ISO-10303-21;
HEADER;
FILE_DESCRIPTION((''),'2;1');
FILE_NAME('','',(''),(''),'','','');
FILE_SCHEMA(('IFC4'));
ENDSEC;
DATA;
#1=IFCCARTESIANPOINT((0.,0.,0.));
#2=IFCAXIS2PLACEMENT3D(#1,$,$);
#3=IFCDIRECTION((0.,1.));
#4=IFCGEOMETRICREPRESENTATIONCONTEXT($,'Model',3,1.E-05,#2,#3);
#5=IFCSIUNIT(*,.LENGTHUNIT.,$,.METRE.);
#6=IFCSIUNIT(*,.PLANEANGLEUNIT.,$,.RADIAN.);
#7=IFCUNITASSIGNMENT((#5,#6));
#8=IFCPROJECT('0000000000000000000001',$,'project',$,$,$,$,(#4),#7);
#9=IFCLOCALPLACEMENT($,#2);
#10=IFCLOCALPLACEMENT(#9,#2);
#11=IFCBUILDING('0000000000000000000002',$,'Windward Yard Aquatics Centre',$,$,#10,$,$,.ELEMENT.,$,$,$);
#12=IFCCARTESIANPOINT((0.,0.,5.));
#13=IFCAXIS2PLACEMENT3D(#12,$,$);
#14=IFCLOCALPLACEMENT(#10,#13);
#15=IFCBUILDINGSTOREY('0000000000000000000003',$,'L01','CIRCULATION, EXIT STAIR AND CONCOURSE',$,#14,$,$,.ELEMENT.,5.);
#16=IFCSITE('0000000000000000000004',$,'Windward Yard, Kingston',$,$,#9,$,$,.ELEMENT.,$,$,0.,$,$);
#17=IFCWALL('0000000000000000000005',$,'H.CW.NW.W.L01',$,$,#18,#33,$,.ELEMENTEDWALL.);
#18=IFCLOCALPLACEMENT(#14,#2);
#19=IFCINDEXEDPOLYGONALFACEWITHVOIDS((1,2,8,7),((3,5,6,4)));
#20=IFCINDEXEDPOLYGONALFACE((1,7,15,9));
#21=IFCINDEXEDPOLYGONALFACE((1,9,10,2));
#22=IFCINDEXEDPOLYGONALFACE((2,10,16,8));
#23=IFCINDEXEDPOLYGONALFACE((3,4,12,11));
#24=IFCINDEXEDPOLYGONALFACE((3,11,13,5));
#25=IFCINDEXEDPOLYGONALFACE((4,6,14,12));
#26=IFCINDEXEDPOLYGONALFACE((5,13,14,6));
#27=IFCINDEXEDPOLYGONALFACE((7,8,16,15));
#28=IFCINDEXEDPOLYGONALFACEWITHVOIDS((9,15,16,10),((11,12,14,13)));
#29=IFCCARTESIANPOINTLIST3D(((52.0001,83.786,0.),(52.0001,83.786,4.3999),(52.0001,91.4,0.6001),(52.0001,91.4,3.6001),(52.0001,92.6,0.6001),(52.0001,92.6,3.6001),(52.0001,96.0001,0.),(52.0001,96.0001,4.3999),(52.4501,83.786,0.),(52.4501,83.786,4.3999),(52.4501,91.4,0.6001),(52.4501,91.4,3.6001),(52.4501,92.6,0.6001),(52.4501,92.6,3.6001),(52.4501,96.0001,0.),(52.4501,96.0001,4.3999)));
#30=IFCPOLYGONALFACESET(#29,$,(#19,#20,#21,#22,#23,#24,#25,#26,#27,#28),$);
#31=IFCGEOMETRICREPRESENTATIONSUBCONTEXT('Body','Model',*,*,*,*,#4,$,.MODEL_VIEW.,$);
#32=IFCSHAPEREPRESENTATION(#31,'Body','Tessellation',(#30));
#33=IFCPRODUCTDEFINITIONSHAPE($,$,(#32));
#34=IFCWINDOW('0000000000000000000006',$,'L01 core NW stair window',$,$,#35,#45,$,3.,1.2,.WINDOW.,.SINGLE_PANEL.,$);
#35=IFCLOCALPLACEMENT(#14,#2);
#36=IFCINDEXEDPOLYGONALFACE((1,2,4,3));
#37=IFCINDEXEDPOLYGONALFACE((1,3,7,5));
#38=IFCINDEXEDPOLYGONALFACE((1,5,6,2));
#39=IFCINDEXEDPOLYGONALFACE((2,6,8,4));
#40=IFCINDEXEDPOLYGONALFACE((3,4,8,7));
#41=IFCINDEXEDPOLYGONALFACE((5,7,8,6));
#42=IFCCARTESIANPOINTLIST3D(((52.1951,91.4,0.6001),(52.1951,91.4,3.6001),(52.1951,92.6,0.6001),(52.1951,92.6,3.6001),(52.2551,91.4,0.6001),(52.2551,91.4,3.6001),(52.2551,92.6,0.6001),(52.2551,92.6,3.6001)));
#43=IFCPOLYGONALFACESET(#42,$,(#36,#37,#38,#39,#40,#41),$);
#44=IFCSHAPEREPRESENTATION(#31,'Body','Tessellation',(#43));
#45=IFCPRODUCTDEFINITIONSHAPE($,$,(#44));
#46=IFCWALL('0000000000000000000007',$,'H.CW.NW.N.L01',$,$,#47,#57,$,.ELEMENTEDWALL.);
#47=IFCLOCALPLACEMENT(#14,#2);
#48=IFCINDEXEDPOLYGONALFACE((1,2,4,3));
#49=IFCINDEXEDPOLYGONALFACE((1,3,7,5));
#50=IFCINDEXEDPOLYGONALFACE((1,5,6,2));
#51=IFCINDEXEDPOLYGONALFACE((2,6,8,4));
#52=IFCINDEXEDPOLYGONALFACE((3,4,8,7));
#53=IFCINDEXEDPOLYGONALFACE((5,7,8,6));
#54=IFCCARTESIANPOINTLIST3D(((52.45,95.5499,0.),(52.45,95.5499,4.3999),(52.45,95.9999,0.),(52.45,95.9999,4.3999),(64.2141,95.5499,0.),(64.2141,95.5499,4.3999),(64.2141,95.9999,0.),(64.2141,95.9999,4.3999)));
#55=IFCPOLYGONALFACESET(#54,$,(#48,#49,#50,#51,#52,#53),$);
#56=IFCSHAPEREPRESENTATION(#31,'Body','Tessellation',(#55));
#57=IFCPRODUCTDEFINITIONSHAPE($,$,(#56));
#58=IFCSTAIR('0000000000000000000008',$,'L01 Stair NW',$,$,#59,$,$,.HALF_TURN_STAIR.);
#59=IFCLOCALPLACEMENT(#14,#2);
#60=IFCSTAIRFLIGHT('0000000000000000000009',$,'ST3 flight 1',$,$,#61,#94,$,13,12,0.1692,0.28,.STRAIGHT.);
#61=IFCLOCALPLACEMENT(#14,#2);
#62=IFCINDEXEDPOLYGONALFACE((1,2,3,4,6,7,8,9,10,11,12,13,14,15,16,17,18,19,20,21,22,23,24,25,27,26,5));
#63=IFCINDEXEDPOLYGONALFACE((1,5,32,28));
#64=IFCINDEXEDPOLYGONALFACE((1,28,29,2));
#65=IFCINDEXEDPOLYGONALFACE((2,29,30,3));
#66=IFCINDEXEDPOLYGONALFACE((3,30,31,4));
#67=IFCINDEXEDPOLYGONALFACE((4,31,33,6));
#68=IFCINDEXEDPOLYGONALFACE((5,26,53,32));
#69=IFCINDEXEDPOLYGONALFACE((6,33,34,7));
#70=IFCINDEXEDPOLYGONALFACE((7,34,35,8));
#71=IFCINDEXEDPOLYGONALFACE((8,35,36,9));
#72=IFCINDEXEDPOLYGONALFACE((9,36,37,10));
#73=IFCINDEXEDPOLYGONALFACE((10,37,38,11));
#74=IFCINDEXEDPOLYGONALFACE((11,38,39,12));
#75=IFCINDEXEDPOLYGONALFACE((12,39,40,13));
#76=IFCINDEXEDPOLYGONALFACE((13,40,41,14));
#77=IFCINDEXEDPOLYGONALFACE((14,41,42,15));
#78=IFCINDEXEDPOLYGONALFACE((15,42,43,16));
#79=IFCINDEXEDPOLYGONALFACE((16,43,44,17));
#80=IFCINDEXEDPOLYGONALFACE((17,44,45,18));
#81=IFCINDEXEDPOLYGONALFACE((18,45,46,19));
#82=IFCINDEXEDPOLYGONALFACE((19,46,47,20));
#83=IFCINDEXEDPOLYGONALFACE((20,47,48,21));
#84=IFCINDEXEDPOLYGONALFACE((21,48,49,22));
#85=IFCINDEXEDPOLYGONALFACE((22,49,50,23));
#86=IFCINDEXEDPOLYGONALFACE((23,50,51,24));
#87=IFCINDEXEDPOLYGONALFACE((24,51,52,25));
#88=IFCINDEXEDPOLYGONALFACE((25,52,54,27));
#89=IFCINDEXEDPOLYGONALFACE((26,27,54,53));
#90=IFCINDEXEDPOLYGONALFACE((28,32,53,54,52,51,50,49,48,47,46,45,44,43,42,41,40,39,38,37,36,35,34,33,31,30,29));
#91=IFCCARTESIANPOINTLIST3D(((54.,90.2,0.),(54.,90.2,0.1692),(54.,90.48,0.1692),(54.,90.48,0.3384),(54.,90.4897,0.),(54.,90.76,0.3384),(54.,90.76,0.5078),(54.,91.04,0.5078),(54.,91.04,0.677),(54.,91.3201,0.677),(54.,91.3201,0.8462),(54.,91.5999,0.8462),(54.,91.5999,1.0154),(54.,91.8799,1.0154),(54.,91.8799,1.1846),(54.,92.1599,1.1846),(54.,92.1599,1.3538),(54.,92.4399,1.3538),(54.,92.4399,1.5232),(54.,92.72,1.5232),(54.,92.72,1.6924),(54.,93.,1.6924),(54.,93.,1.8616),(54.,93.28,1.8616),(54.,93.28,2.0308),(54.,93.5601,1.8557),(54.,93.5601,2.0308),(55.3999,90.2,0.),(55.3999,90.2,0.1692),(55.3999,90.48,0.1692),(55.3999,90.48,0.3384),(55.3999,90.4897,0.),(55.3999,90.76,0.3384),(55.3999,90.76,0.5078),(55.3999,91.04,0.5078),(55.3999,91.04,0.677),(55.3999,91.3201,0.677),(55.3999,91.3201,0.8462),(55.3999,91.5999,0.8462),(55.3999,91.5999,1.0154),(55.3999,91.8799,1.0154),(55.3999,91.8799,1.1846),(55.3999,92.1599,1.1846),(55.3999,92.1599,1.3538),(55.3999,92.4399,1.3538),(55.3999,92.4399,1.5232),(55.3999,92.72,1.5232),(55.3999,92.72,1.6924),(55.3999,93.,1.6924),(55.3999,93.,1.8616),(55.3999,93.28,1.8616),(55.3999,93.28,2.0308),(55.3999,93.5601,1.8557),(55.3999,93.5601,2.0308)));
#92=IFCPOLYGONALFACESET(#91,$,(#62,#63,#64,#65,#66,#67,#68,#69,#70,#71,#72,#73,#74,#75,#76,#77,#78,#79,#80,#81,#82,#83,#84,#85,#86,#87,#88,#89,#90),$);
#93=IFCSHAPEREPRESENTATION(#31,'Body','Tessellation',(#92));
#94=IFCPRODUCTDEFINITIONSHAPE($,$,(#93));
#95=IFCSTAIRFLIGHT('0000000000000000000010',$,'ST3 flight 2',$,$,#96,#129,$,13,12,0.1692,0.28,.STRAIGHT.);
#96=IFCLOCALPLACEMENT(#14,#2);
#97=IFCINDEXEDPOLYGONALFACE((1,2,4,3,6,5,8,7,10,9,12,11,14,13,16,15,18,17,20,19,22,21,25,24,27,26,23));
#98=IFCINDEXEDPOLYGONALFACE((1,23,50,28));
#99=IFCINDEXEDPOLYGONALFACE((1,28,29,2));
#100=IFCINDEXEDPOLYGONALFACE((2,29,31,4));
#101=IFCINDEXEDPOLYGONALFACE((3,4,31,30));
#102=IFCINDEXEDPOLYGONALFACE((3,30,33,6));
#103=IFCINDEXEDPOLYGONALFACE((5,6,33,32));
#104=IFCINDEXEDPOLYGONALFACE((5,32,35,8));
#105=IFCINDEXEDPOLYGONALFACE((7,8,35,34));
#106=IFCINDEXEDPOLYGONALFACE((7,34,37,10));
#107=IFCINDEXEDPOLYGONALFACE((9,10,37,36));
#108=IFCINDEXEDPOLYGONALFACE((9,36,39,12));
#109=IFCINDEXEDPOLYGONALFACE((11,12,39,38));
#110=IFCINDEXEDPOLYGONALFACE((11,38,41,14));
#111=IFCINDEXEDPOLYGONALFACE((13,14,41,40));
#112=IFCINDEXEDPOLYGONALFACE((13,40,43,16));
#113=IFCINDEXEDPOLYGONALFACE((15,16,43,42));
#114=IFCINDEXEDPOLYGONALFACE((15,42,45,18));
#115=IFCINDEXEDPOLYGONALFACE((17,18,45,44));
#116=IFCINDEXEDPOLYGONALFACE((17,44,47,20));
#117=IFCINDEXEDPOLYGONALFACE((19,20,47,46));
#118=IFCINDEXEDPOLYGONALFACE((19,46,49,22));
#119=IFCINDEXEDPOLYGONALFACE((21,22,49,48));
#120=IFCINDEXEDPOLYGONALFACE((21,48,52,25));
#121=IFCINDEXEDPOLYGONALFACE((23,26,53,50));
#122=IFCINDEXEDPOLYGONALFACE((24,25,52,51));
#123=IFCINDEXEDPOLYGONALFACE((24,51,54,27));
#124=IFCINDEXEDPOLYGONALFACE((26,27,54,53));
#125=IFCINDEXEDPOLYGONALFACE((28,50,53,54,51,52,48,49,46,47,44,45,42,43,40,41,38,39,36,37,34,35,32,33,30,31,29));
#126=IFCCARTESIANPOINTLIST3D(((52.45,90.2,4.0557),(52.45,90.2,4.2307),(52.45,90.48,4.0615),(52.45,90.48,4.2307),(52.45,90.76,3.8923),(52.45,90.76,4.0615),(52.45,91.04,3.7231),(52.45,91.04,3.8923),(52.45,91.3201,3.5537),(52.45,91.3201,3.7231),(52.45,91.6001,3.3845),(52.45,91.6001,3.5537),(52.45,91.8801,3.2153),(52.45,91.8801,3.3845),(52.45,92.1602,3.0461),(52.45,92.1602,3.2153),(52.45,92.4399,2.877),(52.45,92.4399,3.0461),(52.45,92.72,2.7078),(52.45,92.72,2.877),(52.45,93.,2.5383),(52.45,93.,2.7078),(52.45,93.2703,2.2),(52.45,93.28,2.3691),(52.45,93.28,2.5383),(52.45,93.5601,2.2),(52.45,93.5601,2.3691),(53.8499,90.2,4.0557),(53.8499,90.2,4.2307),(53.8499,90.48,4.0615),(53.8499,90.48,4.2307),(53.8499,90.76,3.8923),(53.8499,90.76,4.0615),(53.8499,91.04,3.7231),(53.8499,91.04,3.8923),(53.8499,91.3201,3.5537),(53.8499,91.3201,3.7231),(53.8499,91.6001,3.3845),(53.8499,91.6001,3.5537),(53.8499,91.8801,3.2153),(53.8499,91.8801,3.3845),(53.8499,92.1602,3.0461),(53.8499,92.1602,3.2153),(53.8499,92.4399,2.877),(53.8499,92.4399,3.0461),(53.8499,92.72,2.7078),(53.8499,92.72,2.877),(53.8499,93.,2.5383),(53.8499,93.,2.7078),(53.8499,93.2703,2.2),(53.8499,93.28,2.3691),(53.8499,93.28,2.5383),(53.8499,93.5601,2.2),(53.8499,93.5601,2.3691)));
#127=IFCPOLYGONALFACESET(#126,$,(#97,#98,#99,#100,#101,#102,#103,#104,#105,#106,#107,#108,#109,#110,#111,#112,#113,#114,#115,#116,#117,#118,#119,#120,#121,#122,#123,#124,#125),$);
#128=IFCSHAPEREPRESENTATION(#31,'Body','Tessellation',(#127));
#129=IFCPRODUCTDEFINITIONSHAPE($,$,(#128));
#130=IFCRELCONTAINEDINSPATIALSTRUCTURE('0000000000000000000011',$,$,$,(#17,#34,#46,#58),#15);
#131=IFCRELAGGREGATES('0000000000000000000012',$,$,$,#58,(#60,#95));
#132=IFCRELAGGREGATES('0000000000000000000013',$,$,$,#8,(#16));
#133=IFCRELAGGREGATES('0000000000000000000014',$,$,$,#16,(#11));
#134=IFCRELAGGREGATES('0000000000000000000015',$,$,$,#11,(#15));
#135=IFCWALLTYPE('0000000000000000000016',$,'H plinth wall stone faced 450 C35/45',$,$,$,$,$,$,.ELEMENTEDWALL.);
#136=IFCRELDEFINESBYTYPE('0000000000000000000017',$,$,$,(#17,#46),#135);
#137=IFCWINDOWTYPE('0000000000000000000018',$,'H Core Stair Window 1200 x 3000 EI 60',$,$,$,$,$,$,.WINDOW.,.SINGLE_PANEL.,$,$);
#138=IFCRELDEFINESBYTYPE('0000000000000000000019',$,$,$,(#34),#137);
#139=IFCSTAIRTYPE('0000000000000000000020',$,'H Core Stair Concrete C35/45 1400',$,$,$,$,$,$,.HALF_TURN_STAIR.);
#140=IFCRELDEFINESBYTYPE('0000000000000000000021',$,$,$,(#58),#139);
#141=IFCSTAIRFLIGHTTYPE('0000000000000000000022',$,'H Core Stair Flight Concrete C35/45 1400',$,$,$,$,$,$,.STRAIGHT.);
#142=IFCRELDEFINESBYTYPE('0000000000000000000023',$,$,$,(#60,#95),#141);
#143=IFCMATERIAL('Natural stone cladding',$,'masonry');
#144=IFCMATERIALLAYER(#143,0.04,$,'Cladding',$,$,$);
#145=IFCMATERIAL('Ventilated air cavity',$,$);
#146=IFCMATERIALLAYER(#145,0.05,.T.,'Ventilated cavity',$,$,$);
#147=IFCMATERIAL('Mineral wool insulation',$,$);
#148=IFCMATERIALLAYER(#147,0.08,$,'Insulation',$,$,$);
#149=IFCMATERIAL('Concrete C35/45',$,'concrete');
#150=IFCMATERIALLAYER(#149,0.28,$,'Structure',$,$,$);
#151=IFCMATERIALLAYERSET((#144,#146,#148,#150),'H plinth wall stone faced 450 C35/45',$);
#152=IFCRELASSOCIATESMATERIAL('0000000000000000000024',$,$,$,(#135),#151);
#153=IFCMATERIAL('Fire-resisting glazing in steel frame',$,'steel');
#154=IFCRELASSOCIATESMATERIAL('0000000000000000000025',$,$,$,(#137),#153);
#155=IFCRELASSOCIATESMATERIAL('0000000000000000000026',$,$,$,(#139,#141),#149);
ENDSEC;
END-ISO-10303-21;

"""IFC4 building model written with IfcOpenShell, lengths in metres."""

from ifc_helpers import new_model, si_unit, direction, frame, frame_2d, origin, place, context, subcontext, project, spatial, polyline, rectangle, outline, extrude, material, layer, layer_set, type_object, element, fill, aggregate, save


model = new_model("IFC4")

# Units and contexts
model_context = context("Model", 3, precision=1e-05, world=origin(), true_north=direction((0.0, 1.0)))
body_context = subcontext(model_context, "Body", "Model", "MODEL_VIEW")
ifc_project = project(units=[si_unit("LENGTHUNIT", "METRE"), si_unit("PLANEANGLEUNIT", "RADIAN")], contexts=[model_context])

# Site, building, storey
site_placement = place(None, origin())
site = spatial("IfcSite", under=ifc_project, at=site_placement, Name="Windward Yard, Kingston", CompositionType="ELEMENT", RefElevation=0.0)
building_placement = place(site_placement, origin())
building = spatial("IfcBuilding", under=site, at=building_placement, Name="Windward Yard Aquatics Centre", CompositionType="ELEMENT")
storey_placement = place(building_placement, frame((0.0, 0.0, 5.0)))
storey = spatial("IfcBuildingStorey", under=building, at=storey_placement, Name="L01", Description="CIRCULATION, EXIT STAIR AND CONCOURSE", CompositionType="ELEMENT", Elevation=5.0)

# Shared definitions
ifc_material_1 = material(Name="Concrete C35/45", Category="concrete")

# Shared definitions
ifc_material_2 = material(Name="Natural stone cladding", Category="masonry")
ifc_material_3 = material(Name="Ventilated air cavity")
ifc_material_4 = material(Name="Mineral wool insulation")

# Wall, opening, window
ifc_layer_1 = layer(ifc_material_2, 0.04, Name="Cladding")
ifc_layer_2 = layer(ifc_material_3, 0.05, ventilated=True, Name="Ventilated cavity")
ifc_layer_3 = layer(ifc_material_4, 0.08, Name="Insulation")
ifc_layer_4 = layer(ifc_material_1, 0.28, Name="Structure")
ifc_layer_set_1 = layer_set([ifc_layer_1, ifc_layer_2, ifc_layer_3, ifc_layer_4], Name="H plinth wall stone faced 450 C35/45")
wall_type_1 = type_object("IfcWallType", Name="H plinth wall stone faced 450 C35/45", PredefinedType="ELEMENTEDWALL", material=ifc_layer_set_1)
wall_1_placement = place(storey_placement, frame((52.2251, 96.0, 0.0), z_axis=(0.0, 0.0, 1.0), x_axis=(0.0, -1.0, 0.0)))
wall_1 = element("IfcWall", 1, at=wall_1_placement, inside=storey, type_object=wall_type_1, Name="H.CW.NW.W.L01", PredefinedType="ELEMENTEDWALL", context=body_context, shape_type="SweptSolid", body=[
    extrude(rectangle(XDim=12.2141, YDim=0.45, at=frame_2d((6.1069, 0.0))), origin(), (0.0, 0.0, 1.0), 4.3999),
])
opening_1_placement = place(wall_1_placement, frame((3.3999, 0.0, 0.6001)))
opening_1 = element("IfcOpeningElement", 2, at=opening_1_placement, cuts=wall_1, PredefinedType="OPENING", context=body_context, shape_type="SweptSolid", body=[
    extrude(rectangle(XDim=1.2, YDim=3.0, at=frame_2d((0.6001, 1.5))), frame((0.0, 0.2349, 0.0), z_axis=(0.0, -1.0, 0.0), x_axis=(1.0, 0.0, 0.0)), (0.0, 0.0, 1.0), 0.47),
])
ifc_material_5 = material(Name="Fire-resisting glazing in steel frame", Category="steel")
window_type_1 = type_object("IfcWindowType", Name="H Core Stair Window 1200 x 3000 EI 60", PartitioningType="SINGLE_PANEL", PredefinedType="WINDOW", material=ifc_material_5)
window_1_placement = place(opening_1_placement, origin())
window_1 = element("IfcWindow", 3, at=window_1_placement, inside=storey, type_object=window_type_1, Name="L01 core NW stair window", OverallHeight=3.0, OverallWidth=1.2, PartitioningType="SINGLE_PANEL", PredefinedType="WINDOW", context=body_context, shape_type="SweptSolid", body=[
    extrude(rectangle(XDim=1.2, YDim=3.0, at=frame_2d((0.6001, 1.5))), frame((0.0, 0.03, 0.0), z_axis=(0.0, -1.0, 0.0), x_axis=(1.0, 0.0, 0.0)), (0.0, 0.0, 1.0), 0.0601),
])
fill(opening_1, window_1)

# Wall
wall_2_placement = place(storey_placement, frame((52.45, 95.7749, 0.0), z_axis=(0.0, 0.0, 1.0), x_axis=(1.0, 0.0, 0.0)))
element("IfcWall", 4, at=wall_2_placement, inside=storey, type_object=wall_type_1, Name="H.CW.NW.N.L01", PredefinedType="ELEMENTEDWALL", context=body_context, shape_type="SweptSolid", body=[
    extrude(rectangle(XDim=11.7642, YDim=0.45, at=frame_2d((5.8821, 0.0))), origin(), (0.0, 0.0, 1.0), 4.3999),
])

# Stair, stair flights
stair_type = type_object("IfcStairType", Name="H Core Stair Concrete C35/45 1400", PredefinedType="HALF_TURN_STAIR", material=ifc_material_1)
stair_placement = place(storey_placement, origin())
stair = element("IfcStair", 5, at=stair_placement, inside=storey, type_object=stair_type, Name="L01 Stair NW", PredefinedType="HALF_TURN_STAIR")
stair_flight_type = type_object("IfcStairFlightType", Name="H Core Stair Flight Concrete C35/45 1400", PredefinedType="STRAIGHT", material=ifc_material_1)
stair_flight_1_placement = place(storey_placement, frame((54.7, 90.2, 0.0), z_axis=(0.0, 0.0, 1.0), x_axis=(0.0, 1.0, 0.0)))
stair_flight_1 = element("IfcStairFlight", 6, at=stair_flight_1_placement, type_object=stair_flight_type, Name="ST3 flight 1", NumberOfRisers=13, NumberOfTreads=12, PredefinedType="STRAIGHT", RiserHeight=0.1692, TreadLength=0.28, context=body_context, shape_type="SweptSolid", body=[
    extrude(outline(polyline([(0.0, 0.0), (0.0, 0.1692), (0.28, 0.1692), (0.28, 0.3384), (0.5601, 0.3384), (0.5601, 0.5078), (0.8401, 0.5078), (0.8401, 0.677), (1.1201, 0.677), (1.1201, 0.8462), (1.3999, 0.8462), (1.3999, 1.0154), (1.6799, 1.0154), (1.6799, 1.1846), (1.96, 1.1846), (1.96, 1.3538), (2.24, 1.3538), (2.24, 1.5232), (2.52, 1.5232), (2.52, 1.6924), (2.8, 1.6924), (2.8, 1.8616), (3.0801, 1.8616), (3.0801, 2.0308), (3.3601, 2.0308), (3.3601, 2.2), (3.3601, 1.8557), (0.2898, 0.0), (0.0, 0.0)])), frame((0.0, 0.7, 0.0), z_axis=(0.0, -1.0, 0.0), x_axis=(1.0, 0.0, 0.0)), (0.0, 0.0, 1.0), 1.3999),
])
stair_flight_2_placement = place(storey_placement, frame((53.1499, 93.5601, 2.2), z_axis=(0.0, 0.0, 1.0), x_axis=(0.0, -1.0, 0.0)))
stair_flight_2 = element("IfcStairFlight", 7, at=stair_flight_2_placement, type_object=stair_flight_type, Name="ST3 flight 2", NumberOfRisers=13, NumberOfTreads=12, PredefinedType="STRAIGHT", RiserHeight=0.1692, TreadLength=0.28, context=body_context, shape_type="SweptSolid", body=[
    extrude(outline(polyline([(0.0, 0.0), (0.0, 0.1692), (0.28, 0.1692), (0.28, 0.3384), (0.5601, 0.3384), (0.5601, 0.5078), (0.8401, 0.5078), (0.8401, 0.677), (1.1201, 0.677), (1.1201, 0.8462), (1.3999, 0.8462), (1.3999, 1.0154), (1.6799, 1.0154), (1.6799, 1.1846), (1.96, 1.1846), (1.96, 1.3538), (2.24, 1.3538), (2.24, 1.5232), (2.52, 1.5232), (2.52, 1.6924), (2.8, 1.6924), (2.8, 1.8616), (3.0801, 1.8616), (3.0801, 2.0308), (3.3601, 2.0308), (3.3601, 2.2), (3.3601, 1.8557), (0.2898, 0.0), (0.0, 0.0)])), frame((0.0, 0.7, 0.0), z_axis=(0.0, -1.0, 0.0), x_axis=(1.0, 0.0, 0.0)), (0.0, 0.0, 1.0), 1.3999),
])
aggregate(stair, [stair_flight_1, stair_flight_2])

save(model, "model.ifc")
